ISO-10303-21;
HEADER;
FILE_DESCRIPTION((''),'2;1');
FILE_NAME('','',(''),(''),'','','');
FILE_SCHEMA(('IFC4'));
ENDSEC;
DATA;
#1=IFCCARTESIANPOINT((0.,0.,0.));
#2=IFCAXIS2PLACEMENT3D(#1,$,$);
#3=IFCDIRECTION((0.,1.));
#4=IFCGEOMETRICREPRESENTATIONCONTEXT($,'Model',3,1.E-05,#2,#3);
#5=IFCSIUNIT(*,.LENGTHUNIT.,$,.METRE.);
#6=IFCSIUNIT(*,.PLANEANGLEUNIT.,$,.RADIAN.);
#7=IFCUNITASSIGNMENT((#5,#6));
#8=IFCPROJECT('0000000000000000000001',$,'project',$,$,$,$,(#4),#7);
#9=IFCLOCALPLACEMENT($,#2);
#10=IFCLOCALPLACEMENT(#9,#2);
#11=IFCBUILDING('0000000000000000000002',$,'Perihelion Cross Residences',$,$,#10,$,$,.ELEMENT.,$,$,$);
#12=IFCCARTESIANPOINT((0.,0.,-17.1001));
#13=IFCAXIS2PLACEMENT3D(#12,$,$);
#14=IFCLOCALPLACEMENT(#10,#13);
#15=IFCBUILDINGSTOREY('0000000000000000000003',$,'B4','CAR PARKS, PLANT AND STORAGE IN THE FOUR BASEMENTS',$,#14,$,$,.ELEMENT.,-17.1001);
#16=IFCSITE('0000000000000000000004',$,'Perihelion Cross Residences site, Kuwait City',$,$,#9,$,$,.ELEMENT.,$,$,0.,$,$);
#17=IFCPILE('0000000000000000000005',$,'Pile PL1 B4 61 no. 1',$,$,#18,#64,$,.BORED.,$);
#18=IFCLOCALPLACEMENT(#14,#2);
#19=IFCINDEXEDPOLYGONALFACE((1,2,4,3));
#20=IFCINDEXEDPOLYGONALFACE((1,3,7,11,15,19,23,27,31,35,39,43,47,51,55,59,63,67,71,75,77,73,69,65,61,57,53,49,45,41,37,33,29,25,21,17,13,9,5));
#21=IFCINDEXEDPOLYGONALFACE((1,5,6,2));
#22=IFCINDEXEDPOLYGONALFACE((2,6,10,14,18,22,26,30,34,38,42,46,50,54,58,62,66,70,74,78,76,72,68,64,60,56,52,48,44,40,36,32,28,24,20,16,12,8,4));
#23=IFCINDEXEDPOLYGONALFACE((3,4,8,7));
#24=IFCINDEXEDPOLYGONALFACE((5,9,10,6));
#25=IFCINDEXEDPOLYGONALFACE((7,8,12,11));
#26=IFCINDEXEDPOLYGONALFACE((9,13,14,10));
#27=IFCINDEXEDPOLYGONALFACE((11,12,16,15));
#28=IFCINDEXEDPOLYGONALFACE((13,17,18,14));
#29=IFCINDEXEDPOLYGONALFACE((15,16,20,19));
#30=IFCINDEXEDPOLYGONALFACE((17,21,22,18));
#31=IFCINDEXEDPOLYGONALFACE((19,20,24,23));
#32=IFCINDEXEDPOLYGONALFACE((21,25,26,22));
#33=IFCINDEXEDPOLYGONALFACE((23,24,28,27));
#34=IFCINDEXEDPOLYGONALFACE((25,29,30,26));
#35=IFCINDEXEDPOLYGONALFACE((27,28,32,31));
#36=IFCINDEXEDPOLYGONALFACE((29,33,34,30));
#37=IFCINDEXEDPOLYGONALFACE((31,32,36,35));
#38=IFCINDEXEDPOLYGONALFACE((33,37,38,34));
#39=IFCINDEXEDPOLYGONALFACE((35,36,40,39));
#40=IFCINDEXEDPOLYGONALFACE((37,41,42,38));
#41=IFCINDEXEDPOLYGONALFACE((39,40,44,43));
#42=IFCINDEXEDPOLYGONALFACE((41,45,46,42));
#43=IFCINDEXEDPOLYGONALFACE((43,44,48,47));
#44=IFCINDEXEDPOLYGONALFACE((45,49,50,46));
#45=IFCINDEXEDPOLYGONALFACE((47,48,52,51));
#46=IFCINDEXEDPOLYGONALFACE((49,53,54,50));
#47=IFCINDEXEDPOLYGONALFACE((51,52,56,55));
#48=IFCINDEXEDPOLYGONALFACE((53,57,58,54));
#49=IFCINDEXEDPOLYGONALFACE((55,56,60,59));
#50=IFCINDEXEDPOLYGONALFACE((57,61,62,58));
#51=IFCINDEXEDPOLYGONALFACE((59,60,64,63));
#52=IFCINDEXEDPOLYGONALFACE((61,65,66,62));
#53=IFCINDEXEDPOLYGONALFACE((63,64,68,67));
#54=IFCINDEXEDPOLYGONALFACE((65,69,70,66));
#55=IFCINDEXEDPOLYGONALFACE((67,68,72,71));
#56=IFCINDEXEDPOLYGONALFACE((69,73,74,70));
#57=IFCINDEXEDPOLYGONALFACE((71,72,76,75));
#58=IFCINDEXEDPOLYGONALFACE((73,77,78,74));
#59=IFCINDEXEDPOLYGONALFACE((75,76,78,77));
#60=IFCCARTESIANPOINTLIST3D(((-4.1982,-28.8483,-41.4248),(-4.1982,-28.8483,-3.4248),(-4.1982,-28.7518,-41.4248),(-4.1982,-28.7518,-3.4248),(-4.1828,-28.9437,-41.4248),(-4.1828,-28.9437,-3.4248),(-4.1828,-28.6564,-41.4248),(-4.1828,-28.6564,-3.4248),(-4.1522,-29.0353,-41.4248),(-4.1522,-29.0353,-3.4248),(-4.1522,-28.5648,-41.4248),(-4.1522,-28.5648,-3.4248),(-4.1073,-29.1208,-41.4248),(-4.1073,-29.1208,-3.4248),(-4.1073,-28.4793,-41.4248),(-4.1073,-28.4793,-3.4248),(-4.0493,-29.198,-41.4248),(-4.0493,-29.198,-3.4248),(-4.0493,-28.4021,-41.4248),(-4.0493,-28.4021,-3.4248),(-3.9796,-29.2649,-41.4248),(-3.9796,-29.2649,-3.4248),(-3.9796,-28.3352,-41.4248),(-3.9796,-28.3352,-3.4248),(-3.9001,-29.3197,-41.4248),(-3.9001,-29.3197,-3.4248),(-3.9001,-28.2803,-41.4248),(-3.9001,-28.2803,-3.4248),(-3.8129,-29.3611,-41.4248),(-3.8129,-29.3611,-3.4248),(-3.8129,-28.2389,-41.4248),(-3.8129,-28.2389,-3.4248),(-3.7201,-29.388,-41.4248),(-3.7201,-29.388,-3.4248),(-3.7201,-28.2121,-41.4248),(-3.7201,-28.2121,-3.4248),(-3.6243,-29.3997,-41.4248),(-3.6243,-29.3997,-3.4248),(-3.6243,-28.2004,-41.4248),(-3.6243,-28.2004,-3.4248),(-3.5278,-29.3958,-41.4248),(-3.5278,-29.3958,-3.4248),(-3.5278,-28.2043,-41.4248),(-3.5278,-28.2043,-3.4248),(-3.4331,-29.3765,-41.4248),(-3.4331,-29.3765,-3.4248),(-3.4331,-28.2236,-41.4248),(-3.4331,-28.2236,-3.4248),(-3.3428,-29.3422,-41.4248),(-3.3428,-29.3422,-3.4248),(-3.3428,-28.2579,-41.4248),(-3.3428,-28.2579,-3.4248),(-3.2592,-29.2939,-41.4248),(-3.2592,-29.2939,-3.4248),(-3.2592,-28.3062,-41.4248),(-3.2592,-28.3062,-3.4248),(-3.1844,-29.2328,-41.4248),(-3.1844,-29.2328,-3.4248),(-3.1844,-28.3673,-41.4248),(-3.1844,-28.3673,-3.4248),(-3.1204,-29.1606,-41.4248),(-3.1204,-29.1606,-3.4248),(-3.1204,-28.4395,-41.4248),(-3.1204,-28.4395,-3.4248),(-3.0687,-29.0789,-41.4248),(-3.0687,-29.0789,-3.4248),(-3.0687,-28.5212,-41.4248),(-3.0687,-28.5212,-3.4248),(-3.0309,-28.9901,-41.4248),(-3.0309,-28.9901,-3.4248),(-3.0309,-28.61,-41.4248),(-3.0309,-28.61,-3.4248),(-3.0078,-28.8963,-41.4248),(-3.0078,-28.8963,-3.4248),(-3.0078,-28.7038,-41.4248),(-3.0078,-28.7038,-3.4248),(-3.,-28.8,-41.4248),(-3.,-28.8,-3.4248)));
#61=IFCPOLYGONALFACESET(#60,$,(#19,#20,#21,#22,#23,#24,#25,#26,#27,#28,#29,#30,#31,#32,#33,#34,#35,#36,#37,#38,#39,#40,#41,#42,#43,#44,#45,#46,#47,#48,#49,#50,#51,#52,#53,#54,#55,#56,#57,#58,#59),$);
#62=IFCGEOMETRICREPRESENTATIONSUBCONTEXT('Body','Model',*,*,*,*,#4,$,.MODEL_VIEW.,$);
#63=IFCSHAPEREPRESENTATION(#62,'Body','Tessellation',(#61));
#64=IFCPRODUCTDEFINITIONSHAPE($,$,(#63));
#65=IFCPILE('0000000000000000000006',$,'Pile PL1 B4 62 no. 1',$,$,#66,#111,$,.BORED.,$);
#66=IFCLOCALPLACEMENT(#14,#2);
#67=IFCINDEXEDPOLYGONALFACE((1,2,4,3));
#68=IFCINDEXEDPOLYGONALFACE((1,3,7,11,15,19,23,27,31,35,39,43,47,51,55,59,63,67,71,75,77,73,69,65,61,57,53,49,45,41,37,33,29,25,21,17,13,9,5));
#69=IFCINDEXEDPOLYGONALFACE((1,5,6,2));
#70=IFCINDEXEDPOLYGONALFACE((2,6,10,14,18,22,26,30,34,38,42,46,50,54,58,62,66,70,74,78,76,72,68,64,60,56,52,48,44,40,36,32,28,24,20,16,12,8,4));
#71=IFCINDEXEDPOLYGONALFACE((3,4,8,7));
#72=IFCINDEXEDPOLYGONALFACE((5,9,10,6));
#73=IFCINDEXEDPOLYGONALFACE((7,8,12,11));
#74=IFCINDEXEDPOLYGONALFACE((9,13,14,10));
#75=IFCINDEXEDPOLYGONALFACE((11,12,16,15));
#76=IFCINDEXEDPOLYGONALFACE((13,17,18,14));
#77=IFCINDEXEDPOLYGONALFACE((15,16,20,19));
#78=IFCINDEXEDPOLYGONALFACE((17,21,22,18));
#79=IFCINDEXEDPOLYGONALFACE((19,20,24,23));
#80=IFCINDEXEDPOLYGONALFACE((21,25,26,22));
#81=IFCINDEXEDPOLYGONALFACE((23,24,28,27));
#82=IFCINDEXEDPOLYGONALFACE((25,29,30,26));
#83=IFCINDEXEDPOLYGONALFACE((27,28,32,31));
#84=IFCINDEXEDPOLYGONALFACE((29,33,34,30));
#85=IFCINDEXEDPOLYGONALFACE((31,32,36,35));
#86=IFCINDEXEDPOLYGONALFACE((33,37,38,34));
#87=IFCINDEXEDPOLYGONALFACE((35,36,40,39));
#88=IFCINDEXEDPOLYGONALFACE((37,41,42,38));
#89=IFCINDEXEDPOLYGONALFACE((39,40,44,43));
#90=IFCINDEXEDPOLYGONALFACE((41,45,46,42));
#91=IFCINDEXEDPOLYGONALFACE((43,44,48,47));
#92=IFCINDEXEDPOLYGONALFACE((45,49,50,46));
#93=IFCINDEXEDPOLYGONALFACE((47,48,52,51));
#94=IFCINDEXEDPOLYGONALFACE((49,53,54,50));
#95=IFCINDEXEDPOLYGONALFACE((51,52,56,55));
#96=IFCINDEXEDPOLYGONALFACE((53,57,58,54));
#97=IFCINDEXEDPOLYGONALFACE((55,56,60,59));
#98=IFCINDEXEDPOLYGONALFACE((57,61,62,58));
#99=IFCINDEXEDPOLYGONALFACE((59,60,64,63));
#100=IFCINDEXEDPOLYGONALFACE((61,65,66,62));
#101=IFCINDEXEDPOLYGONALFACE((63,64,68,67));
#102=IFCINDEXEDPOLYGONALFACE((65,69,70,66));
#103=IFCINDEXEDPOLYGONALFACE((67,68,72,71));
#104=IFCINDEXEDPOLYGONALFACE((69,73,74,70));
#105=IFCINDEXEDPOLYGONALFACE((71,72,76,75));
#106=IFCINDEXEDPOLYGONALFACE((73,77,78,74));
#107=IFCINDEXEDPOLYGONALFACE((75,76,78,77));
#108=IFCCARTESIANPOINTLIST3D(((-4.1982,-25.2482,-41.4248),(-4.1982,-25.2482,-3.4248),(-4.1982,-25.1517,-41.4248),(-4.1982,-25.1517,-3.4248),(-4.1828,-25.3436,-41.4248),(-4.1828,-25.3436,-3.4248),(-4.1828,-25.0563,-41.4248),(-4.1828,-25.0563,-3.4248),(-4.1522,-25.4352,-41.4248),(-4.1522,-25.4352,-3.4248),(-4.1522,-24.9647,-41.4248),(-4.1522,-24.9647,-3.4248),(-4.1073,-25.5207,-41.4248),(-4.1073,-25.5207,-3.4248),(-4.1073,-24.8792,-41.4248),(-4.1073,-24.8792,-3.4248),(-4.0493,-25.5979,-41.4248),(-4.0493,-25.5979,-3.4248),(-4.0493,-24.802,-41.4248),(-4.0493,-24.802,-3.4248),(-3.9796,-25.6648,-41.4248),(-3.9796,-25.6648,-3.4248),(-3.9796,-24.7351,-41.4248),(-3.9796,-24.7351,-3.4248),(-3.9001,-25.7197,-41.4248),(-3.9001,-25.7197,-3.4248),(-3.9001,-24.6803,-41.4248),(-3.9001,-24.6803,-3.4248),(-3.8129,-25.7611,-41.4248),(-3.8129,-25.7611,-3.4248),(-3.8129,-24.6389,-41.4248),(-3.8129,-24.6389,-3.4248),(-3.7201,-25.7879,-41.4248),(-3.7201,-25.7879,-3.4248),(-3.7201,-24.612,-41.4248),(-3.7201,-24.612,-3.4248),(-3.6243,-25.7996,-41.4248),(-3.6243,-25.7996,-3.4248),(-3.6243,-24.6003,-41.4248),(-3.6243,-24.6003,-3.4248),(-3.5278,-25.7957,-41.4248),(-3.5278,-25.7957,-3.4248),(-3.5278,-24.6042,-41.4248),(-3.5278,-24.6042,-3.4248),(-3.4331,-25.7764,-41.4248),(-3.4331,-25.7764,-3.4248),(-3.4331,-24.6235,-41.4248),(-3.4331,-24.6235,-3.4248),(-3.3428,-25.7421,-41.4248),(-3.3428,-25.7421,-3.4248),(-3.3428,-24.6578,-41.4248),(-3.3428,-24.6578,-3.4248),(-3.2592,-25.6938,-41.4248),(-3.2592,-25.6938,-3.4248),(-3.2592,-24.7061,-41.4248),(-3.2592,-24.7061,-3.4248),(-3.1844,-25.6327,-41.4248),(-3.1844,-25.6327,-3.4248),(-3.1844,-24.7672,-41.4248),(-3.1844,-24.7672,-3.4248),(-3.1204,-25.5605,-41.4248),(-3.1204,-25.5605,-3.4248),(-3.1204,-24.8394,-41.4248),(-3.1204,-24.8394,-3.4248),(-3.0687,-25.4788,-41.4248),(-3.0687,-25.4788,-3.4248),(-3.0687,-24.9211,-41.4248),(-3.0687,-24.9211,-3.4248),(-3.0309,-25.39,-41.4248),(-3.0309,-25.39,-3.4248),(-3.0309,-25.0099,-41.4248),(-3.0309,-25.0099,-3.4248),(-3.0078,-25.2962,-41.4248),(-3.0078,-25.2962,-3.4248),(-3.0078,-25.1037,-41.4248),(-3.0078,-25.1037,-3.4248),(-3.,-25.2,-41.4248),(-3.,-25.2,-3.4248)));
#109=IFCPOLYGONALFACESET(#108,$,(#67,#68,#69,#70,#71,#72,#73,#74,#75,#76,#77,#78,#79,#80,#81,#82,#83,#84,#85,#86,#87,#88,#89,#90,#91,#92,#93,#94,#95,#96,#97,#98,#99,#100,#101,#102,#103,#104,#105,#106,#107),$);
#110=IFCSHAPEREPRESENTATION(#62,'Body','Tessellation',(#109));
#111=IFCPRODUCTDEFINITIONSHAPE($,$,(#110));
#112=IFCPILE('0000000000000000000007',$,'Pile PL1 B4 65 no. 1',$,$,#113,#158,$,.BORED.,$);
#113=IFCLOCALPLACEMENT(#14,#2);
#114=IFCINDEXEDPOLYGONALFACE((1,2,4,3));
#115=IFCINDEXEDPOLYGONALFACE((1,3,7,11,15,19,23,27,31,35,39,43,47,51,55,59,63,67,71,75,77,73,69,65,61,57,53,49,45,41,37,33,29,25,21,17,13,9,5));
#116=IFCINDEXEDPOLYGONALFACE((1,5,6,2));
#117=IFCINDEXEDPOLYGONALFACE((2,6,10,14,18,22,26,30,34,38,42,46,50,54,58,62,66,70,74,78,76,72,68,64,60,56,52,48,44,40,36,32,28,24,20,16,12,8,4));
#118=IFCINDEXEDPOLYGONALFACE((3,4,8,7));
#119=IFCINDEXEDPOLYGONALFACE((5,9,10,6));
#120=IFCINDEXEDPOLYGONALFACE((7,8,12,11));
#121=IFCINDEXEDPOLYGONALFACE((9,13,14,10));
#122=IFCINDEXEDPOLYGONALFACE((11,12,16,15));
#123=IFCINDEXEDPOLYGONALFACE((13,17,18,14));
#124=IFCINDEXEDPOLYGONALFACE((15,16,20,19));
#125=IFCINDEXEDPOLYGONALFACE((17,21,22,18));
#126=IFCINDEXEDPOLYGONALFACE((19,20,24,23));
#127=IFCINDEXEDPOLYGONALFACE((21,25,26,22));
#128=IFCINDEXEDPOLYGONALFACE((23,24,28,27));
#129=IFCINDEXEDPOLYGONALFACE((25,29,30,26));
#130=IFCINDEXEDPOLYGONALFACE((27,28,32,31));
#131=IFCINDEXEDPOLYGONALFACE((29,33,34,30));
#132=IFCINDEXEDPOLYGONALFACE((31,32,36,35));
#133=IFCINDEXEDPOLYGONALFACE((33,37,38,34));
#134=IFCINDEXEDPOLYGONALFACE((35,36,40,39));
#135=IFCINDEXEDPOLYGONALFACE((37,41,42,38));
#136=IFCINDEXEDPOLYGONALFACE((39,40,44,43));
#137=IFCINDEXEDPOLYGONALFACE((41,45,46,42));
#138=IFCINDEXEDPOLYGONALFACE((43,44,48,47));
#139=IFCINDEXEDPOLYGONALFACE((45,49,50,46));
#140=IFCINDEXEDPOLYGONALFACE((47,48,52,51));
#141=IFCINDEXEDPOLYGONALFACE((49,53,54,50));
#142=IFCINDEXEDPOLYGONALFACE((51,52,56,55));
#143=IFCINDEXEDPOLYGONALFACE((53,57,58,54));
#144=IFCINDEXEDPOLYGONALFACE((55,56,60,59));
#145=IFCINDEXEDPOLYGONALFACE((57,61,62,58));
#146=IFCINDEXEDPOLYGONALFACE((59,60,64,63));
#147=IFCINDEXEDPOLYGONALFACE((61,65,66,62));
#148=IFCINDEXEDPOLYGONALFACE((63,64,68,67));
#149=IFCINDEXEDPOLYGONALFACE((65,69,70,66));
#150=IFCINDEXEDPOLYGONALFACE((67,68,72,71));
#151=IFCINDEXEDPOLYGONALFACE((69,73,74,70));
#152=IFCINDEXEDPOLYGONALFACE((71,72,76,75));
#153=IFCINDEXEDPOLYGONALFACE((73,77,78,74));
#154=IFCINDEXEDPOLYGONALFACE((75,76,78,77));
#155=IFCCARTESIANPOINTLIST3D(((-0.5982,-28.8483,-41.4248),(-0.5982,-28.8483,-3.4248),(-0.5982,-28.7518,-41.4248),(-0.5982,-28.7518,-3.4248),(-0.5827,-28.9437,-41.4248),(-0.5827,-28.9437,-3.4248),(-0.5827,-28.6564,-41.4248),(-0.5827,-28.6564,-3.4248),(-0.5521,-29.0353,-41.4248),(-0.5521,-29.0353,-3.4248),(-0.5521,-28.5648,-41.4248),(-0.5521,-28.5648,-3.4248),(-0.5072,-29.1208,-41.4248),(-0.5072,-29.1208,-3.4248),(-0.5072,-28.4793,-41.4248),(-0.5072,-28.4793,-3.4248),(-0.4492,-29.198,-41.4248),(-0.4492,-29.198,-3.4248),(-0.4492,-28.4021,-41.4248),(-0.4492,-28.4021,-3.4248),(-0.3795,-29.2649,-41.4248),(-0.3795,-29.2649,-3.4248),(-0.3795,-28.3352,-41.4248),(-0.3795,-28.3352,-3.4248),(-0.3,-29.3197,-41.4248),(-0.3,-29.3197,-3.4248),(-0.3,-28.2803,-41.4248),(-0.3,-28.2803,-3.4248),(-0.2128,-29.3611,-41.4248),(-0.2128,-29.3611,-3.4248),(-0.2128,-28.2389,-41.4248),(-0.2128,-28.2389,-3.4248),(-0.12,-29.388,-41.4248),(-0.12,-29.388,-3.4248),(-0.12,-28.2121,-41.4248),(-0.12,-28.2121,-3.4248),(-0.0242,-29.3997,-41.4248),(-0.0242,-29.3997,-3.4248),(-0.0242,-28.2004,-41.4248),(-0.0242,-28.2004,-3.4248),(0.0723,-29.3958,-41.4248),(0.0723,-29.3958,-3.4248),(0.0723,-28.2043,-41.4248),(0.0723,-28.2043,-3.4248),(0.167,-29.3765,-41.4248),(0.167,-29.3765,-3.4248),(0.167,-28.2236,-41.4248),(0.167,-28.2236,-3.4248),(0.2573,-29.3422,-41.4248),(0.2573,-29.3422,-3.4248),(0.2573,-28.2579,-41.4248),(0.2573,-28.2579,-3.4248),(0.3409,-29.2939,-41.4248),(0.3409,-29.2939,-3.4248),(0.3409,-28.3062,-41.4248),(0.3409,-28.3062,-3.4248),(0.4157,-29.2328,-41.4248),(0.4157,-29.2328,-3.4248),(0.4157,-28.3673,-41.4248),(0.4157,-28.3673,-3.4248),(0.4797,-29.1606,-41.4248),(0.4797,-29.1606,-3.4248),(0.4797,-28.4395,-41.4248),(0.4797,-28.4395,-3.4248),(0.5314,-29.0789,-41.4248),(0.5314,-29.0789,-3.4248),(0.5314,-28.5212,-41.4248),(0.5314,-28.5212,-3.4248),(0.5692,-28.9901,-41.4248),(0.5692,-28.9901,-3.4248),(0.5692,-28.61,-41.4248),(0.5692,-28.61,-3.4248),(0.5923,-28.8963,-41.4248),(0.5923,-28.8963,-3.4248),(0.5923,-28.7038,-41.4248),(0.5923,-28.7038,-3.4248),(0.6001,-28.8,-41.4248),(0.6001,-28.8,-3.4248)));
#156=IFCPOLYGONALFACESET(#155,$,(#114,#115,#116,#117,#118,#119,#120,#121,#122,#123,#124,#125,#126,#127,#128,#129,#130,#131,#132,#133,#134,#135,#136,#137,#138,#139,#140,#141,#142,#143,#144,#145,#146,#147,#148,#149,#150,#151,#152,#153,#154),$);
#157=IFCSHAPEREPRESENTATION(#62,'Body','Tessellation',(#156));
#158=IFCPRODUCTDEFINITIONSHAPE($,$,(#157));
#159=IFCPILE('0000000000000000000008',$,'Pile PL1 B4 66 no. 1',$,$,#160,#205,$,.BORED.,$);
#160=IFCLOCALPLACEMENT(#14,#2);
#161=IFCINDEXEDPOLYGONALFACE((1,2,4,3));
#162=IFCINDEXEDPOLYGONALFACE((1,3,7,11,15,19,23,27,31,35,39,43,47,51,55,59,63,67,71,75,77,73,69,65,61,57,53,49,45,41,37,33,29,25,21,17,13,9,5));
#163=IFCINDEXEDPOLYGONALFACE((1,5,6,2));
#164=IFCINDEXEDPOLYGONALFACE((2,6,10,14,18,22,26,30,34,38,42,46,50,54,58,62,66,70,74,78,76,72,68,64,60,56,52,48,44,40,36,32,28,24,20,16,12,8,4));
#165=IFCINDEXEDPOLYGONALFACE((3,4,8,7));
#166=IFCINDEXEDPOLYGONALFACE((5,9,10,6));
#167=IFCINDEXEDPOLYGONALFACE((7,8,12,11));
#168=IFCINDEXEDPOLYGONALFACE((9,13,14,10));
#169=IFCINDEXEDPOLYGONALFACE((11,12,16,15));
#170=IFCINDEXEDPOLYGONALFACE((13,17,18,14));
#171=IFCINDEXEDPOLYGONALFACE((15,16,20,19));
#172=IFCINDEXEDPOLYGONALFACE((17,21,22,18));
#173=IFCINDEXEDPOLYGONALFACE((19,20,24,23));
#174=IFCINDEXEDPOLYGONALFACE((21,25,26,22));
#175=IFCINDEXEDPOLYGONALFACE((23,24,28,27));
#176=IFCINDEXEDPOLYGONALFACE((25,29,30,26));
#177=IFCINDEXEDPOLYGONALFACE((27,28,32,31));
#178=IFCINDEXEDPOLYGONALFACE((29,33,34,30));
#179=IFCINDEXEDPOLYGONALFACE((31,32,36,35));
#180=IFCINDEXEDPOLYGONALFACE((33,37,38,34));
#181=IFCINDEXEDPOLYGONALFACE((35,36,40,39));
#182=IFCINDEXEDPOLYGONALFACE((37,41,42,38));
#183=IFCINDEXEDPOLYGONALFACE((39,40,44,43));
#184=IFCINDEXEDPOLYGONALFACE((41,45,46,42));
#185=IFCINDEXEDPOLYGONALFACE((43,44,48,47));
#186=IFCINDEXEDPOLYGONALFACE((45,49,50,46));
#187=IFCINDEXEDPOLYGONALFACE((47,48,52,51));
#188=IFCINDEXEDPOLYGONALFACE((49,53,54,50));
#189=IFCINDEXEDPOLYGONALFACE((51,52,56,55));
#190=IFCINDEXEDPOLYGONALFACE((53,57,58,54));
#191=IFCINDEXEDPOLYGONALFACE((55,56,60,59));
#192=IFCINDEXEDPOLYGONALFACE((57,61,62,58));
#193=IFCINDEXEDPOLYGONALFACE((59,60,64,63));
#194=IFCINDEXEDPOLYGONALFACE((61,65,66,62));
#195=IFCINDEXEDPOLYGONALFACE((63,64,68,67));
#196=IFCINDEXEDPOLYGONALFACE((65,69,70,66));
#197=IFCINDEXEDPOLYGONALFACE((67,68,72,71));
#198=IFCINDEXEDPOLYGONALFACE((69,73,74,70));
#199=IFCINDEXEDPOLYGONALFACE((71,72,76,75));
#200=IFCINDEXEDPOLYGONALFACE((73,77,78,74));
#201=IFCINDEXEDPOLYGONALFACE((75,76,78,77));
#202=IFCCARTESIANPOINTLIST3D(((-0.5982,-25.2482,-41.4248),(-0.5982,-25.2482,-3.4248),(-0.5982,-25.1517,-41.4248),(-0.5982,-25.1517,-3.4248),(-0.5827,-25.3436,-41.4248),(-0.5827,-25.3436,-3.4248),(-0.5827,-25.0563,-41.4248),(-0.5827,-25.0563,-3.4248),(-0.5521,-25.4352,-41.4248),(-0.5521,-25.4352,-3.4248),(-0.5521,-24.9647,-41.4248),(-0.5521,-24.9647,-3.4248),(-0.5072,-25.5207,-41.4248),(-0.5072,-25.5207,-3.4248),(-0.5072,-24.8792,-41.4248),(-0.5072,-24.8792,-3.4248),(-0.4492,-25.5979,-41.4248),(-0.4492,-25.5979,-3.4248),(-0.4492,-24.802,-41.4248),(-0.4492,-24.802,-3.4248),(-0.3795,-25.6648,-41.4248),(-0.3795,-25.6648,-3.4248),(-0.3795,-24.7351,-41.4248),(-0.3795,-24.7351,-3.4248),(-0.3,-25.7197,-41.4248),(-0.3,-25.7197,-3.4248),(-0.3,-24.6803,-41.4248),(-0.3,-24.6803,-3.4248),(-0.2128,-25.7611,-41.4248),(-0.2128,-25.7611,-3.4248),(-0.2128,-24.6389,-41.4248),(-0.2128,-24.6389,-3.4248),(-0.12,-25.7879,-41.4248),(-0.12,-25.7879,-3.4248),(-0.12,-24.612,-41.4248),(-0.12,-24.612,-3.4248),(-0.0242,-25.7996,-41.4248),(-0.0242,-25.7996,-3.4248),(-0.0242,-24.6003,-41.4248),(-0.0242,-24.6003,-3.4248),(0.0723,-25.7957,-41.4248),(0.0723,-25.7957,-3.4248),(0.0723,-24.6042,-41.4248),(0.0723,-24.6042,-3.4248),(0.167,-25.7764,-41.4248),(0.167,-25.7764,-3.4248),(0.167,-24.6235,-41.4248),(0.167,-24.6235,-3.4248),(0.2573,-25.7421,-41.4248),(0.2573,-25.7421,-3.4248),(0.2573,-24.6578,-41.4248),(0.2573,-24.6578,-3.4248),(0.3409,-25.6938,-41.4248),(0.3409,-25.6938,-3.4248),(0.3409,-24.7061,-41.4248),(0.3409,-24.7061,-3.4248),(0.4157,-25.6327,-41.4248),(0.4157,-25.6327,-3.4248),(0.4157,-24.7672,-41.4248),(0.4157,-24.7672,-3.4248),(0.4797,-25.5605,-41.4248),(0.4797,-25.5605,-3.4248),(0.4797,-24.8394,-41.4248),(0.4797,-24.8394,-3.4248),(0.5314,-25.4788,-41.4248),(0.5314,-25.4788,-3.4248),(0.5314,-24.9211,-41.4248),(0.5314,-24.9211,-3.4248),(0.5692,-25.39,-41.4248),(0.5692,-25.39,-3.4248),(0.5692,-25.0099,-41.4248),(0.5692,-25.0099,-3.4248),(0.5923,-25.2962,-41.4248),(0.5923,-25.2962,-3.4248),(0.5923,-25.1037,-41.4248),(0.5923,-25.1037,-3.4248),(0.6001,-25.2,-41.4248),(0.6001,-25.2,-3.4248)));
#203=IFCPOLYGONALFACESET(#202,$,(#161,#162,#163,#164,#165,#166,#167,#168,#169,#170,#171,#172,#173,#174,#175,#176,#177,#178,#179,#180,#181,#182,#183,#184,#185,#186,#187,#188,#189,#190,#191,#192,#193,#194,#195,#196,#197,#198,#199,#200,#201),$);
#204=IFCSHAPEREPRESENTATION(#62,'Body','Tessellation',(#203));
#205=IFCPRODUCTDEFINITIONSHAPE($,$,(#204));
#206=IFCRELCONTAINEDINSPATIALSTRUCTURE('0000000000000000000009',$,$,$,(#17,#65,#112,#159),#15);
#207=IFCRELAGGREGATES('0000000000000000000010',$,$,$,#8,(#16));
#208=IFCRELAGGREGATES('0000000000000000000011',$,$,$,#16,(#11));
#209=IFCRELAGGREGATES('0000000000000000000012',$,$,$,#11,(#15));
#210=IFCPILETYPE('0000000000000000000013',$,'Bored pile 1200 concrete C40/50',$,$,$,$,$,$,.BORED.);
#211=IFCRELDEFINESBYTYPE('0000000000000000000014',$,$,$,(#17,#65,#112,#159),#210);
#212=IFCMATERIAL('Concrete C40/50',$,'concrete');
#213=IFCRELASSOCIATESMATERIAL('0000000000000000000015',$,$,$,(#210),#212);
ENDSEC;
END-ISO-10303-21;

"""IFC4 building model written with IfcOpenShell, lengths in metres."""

from ifc_helpers import new_model, si_unit, direction, frame, origin, origin_2d, place, context, subcontext, project, spatial, circle, extrude, material, type_object, element, save


model = new_model("IFC4")

# Units and contexts
model_context = context("Model", 3, precision=1e-05, world=origin(), true_north=direction((0.0, 1.0)))
body_context = subcontext(model_context, "Body", "Model", "MODEL_VIEW")
ifc_project = project(units=[si_unit("LENGTHUNIT", "METRE"), si_unit("PLANEANGLEUNIT", "RADIAN")], contexts=[model_context])

# Site, building, storey
site_placement = place(None, origin())
site = spatial("IfcSite", under=ifc_project, at=site_placement, Name="Perihelion Cross Residences site, Kuwait City", CompositionType="ELEMENT", RefElevation=0.0)
building_placement = place(site_placement, origin())
building = spatial("IfcBuilding", under=site, at=building_placement, Name="Perihelion Cross Residences", CompositionType="ELEMENT")
storey_placement = place(building_placement, frame((0.0, 0.0, -17.1001)))
storey = spatial("IfcBuildingStorey", under=building, at=storey_placement, Name="B4", Description="CAR PARKS, PLANT AND STORAGE IN THE FOUR BASEMENTS", CompositionType="ELEMENT", Elevation=-17.1001)

# Piles
ifc_material_1 = material(Name="Concrete C40/50", Category="concrete")
pile_type = type_object("IfcPileType", Name="Bored pile 1200 concrete C40/50", PredefinedType="BORED", material=ifc_material_1)
for number, where, z_axis, x_axis, name in (
    (1, (-3.6001, -28.8, -3.4248), (0.0, 0.0, -1.0), (1.0, 0.0, 0.0), "Pile PL1 B4 61 no. 1"),
    (2, (-3.6001, -25.2, -3.4248), (0.0, 0.0, -1.0), (1.0, 0.0, 0.0), "Pile PL1 B4 62 no. 1"),
    (3, (0.0, -28.8, -3.4248), (0.0, 0.0, -1.0), (1.0, 0.0, 0.0), "Pile PL1 B4 65 no. 1"),
    (4, (0.0, -25.2, -3.4248), (0.0, 0.0, -1.0), (1.0, 0.0, 0.0), "Pile PL1 B4 66 no. 1"),
):
    element("IfcPile", number, at=place(storey_placement, frame(where, z_axis=z_axis, x_axis=x_axis)), inside=storey, type_object=pile_type, Name=name, PredefinedType="BORED", context=body_context, shape_type="SweptSolid", body=[
        extrude(circle(Radius=0.6001, at=origin_2d()), origin(), (0.0, 0.0, 1.0), 38.0),
    ])

save(model, "model.ifc")
